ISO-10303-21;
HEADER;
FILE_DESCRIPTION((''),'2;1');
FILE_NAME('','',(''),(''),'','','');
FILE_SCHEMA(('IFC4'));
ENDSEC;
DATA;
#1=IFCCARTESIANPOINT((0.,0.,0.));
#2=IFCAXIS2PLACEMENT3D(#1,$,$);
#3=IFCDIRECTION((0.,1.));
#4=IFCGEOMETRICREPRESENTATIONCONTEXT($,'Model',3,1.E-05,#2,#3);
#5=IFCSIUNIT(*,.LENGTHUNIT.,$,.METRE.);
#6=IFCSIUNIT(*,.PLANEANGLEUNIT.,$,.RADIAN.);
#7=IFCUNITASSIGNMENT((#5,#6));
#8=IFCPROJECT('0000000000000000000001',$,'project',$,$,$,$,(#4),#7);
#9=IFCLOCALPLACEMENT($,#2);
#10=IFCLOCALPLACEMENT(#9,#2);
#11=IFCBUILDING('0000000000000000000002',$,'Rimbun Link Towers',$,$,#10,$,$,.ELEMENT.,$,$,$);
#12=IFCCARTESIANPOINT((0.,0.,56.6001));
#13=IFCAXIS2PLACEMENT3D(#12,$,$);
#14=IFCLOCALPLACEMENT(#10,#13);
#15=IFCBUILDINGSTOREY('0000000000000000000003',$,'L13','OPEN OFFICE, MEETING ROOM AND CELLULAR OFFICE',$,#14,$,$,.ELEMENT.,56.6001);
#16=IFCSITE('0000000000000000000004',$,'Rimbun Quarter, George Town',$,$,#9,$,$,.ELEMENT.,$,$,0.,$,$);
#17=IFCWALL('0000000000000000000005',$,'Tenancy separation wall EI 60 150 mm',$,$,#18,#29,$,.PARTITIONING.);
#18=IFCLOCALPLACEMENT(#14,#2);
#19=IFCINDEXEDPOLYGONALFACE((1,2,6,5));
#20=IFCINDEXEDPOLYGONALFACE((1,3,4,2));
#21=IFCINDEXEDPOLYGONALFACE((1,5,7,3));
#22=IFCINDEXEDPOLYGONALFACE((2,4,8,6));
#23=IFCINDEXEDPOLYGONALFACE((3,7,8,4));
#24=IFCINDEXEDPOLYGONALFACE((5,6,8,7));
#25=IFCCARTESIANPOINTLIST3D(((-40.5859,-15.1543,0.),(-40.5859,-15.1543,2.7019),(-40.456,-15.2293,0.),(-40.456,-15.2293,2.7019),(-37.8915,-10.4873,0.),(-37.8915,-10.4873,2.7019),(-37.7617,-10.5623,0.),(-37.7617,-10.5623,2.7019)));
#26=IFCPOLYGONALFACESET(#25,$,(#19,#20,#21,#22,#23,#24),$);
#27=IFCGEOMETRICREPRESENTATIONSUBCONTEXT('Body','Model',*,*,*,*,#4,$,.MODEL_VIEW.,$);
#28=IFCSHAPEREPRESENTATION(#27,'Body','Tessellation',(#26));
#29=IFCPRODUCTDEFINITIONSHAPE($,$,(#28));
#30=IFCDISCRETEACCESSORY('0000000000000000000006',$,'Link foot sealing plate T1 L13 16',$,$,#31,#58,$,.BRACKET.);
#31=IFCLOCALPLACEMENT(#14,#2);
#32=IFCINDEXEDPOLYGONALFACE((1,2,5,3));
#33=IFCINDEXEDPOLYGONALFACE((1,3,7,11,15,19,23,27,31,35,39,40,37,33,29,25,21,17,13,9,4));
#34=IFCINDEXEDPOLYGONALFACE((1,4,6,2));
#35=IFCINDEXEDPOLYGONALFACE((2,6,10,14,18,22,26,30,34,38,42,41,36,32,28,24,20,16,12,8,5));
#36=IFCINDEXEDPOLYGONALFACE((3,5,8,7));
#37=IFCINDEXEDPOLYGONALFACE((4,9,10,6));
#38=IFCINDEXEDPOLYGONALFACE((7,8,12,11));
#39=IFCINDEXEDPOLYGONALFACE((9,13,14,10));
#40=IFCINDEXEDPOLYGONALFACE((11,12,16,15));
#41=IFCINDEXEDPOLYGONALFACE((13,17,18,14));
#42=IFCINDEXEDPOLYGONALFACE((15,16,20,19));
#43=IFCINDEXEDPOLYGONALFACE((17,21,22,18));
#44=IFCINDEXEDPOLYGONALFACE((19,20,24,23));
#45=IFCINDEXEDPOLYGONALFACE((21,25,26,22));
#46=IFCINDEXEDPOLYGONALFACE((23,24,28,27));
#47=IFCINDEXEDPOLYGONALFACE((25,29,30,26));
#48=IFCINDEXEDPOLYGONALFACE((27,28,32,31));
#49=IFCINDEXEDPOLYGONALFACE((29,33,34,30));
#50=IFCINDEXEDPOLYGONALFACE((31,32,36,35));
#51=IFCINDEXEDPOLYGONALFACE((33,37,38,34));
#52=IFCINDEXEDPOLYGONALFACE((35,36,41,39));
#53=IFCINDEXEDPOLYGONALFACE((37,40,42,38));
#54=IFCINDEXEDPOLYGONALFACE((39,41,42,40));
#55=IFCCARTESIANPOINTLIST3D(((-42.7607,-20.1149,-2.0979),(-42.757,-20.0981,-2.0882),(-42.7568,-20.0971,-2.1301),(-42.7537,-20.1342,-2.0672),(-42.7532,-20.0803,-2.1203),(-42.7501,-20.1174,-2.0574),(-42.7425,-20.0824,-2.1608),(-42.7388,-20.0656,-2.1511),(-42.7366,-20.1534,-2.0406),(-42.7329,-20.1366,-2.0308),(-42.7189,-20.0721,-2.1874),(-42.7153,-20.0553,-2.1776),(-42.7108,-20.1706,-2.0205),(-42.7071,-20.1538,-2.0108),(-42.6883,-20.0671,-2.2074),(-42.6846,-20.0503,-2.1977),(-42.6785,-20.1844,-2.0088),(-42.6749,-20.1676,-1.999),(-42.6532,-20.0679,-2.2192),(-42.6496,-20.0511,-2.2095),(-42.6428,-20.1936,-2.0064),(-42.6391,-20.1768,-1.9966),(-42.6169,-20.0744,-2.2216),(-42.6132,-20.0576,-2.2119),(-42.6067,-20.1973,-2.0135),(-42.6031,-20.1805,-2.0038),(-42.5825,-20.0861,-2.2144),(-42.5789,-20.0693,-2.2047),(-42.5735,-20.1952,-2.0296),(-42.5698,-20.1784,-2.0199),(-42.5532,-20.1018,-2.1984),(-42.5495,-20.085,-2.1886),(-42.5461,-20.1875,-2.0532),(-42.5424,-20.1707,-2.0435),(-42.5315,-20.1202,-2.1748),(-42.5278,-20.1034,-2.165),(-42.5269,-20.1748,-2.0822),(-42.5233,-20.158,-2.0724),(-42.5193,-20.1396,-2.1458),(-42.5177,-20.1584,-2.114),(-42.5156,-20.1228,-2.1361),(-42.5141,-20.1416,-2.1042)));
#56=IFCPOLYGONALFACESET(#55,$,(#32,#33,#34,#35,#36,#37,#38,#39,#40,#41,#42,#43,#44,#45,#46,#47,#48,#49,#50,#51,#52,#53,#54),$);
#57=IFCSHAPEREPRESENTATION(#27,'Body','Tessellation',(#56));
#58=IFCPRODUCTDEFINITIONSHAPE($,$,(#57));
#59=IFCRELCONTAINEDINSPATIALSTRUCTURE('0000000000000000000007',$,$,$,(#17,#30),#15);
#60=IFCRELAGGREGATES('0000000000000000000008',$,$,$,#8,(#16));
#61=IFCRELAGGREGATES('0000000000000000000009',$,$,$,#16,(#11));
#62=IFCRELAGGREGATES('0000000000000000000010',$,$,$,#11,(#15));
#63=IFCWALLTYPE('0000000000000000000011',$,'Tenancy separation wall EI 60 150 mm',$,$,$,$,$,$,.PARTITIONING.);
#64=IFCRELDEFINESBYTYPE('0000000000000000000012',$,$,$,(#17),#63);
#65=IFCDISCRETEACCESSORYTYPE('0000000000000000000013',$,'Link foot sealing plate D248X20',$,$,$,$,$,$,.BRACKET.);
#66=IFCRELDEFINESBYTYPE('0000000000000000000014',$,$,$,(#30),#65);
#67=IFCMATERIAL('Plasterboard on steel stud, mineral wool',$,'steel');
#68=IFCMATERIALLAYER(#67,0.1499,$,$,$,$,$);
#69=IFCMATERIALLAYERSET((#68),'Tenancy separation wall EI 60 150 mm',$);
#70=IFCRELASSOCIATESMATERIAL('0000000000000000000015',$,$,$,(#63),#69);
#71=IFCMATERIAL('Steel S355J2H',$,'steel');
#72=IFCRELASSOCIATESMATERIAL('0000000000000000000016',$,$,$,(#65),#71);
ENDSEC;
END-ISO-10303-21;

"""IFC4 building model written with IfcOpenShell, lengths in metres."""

from ifc_helpers import new_model, si_unit, direction, frame, frame_2d, origin, origin_2d, place, context, subcontext, project, spatial, rectangle, circle, extrude, material, layer, layer_set, material_profile, profile_set, type_object, element, save


model = new_model("IFC4")

# Units and contexts
model_context = context("Model", 3, precision=1e-05, world=origin(), true_north=direction((0.0, 1.0)))
body_context = subcontext(model_context, "Body", "Model", "MODEL_VIEW")
ifc_project = project(units=[si_unit("LENGTHUNIT", "METRE"), si_unit("PLANEANGLEUNIT", "RADIAN")], contexts=[model_context])

# Site, building, storey
site_placement = place(None, origin())
site = spatial("IfcSite", under=ifc_project, at=site_placement, Name="Rimbun Quarter, George Town", CompositionType="ELEMENT", RefElevation=0.0)
building_placement = place(site_placement, origin())
building = spatial("IfcBuilding", under=site, at=building_placement, Name="Rimbun Link Towers", CompositionType="ELEMENT")
storey_placement = place(building_placement, frame((0.0, 0.0, 56.6001)))
storey = spatial("IfcBuildingStorey", under=building, at=storey_placement, Name="L13", Description="OPEN OFFICE, MEETING ROOM AND CELLULAR OFFICE", CompositionType="ELEMENT", Elevation=56.6001)

# Wall
ifc_material_1 = material(Name="Plasterboard on steel stud, mineral wool", Category="steel")
ifc_layer_1 = layer(ifc_material_1, 0.1499)
ifc_layer_set_1 = layer_set([ifc_layer_1], Name="Tenancy separation wall EI 60 150 mm")
wall_type_1 = type_object("IfcWallType", Name="Tenancy separation wall EI 60 150 mm", PredefinedType="PARTITIONING", material=ifc_layer_set_1)
wall_1_placement = place(storey_placement, frame((-37.8267, -10.5249, 0.0), z_axis=(0.0, 0.0, 1.0), x_axis=(-0.499979, -0.866038, 0.0)))
element("IfcWall", 1, at=wall_1_placement, inside=storey, type_object=wall_type_1, Name="Tenancy separation wall EI 60 150 mm", PredefinedType="PARTITIONING", context=body_context, shape_type="SweptSolid", body=[
    extrude(rectangle(XDim=5.3889, YDim=0.1499, at=frame_2d((2.6943, 0.0))), origin(), (0.0, 0.0, 1.0), 2.7019),
])

# Discrete accessory
ifc_material_2 = material(Name="Steel S355J2H", Category="steel")
ifc_material_profile_1 = material_profile(ifc_material_2, circle(Radius=0.124, at=origin_2d()), Name="PL D248")
ifc_profile_set_1 = profile_set([ifc_material_profile_1], Name="Steel S355J2H")
discrete_accessory_type = type_object("IfcDiscreteAccessoryType", Name="Link foot sealing plate D248X20", PredefinedType="BRACKET", material=ifc_profile_set_1)
discrete_accessory_placement = place(storey_placement, frame((-42.6353, -20.1152, -2.1042), z_axis=(-0.184833, -0.850234, -0.492889), x_axis=(0.977176, -0.21243, 0.0)))
element("IfcDiscreteAccessory", 2, at=discrete_accessory_placement, inside=storey, type_object=discrete_accessory_type, Name="Link foot sealing plate T1 L13 16", PredefinedType="BRACKET", context=body_context, shape_type="SweptSolid", body=[
    extrude(circle(Radius=0.124, at=origin_2d()), origin(), (0.0, 0.0, 1.0), 0.0198),
])

save(model, "model.ifc")
